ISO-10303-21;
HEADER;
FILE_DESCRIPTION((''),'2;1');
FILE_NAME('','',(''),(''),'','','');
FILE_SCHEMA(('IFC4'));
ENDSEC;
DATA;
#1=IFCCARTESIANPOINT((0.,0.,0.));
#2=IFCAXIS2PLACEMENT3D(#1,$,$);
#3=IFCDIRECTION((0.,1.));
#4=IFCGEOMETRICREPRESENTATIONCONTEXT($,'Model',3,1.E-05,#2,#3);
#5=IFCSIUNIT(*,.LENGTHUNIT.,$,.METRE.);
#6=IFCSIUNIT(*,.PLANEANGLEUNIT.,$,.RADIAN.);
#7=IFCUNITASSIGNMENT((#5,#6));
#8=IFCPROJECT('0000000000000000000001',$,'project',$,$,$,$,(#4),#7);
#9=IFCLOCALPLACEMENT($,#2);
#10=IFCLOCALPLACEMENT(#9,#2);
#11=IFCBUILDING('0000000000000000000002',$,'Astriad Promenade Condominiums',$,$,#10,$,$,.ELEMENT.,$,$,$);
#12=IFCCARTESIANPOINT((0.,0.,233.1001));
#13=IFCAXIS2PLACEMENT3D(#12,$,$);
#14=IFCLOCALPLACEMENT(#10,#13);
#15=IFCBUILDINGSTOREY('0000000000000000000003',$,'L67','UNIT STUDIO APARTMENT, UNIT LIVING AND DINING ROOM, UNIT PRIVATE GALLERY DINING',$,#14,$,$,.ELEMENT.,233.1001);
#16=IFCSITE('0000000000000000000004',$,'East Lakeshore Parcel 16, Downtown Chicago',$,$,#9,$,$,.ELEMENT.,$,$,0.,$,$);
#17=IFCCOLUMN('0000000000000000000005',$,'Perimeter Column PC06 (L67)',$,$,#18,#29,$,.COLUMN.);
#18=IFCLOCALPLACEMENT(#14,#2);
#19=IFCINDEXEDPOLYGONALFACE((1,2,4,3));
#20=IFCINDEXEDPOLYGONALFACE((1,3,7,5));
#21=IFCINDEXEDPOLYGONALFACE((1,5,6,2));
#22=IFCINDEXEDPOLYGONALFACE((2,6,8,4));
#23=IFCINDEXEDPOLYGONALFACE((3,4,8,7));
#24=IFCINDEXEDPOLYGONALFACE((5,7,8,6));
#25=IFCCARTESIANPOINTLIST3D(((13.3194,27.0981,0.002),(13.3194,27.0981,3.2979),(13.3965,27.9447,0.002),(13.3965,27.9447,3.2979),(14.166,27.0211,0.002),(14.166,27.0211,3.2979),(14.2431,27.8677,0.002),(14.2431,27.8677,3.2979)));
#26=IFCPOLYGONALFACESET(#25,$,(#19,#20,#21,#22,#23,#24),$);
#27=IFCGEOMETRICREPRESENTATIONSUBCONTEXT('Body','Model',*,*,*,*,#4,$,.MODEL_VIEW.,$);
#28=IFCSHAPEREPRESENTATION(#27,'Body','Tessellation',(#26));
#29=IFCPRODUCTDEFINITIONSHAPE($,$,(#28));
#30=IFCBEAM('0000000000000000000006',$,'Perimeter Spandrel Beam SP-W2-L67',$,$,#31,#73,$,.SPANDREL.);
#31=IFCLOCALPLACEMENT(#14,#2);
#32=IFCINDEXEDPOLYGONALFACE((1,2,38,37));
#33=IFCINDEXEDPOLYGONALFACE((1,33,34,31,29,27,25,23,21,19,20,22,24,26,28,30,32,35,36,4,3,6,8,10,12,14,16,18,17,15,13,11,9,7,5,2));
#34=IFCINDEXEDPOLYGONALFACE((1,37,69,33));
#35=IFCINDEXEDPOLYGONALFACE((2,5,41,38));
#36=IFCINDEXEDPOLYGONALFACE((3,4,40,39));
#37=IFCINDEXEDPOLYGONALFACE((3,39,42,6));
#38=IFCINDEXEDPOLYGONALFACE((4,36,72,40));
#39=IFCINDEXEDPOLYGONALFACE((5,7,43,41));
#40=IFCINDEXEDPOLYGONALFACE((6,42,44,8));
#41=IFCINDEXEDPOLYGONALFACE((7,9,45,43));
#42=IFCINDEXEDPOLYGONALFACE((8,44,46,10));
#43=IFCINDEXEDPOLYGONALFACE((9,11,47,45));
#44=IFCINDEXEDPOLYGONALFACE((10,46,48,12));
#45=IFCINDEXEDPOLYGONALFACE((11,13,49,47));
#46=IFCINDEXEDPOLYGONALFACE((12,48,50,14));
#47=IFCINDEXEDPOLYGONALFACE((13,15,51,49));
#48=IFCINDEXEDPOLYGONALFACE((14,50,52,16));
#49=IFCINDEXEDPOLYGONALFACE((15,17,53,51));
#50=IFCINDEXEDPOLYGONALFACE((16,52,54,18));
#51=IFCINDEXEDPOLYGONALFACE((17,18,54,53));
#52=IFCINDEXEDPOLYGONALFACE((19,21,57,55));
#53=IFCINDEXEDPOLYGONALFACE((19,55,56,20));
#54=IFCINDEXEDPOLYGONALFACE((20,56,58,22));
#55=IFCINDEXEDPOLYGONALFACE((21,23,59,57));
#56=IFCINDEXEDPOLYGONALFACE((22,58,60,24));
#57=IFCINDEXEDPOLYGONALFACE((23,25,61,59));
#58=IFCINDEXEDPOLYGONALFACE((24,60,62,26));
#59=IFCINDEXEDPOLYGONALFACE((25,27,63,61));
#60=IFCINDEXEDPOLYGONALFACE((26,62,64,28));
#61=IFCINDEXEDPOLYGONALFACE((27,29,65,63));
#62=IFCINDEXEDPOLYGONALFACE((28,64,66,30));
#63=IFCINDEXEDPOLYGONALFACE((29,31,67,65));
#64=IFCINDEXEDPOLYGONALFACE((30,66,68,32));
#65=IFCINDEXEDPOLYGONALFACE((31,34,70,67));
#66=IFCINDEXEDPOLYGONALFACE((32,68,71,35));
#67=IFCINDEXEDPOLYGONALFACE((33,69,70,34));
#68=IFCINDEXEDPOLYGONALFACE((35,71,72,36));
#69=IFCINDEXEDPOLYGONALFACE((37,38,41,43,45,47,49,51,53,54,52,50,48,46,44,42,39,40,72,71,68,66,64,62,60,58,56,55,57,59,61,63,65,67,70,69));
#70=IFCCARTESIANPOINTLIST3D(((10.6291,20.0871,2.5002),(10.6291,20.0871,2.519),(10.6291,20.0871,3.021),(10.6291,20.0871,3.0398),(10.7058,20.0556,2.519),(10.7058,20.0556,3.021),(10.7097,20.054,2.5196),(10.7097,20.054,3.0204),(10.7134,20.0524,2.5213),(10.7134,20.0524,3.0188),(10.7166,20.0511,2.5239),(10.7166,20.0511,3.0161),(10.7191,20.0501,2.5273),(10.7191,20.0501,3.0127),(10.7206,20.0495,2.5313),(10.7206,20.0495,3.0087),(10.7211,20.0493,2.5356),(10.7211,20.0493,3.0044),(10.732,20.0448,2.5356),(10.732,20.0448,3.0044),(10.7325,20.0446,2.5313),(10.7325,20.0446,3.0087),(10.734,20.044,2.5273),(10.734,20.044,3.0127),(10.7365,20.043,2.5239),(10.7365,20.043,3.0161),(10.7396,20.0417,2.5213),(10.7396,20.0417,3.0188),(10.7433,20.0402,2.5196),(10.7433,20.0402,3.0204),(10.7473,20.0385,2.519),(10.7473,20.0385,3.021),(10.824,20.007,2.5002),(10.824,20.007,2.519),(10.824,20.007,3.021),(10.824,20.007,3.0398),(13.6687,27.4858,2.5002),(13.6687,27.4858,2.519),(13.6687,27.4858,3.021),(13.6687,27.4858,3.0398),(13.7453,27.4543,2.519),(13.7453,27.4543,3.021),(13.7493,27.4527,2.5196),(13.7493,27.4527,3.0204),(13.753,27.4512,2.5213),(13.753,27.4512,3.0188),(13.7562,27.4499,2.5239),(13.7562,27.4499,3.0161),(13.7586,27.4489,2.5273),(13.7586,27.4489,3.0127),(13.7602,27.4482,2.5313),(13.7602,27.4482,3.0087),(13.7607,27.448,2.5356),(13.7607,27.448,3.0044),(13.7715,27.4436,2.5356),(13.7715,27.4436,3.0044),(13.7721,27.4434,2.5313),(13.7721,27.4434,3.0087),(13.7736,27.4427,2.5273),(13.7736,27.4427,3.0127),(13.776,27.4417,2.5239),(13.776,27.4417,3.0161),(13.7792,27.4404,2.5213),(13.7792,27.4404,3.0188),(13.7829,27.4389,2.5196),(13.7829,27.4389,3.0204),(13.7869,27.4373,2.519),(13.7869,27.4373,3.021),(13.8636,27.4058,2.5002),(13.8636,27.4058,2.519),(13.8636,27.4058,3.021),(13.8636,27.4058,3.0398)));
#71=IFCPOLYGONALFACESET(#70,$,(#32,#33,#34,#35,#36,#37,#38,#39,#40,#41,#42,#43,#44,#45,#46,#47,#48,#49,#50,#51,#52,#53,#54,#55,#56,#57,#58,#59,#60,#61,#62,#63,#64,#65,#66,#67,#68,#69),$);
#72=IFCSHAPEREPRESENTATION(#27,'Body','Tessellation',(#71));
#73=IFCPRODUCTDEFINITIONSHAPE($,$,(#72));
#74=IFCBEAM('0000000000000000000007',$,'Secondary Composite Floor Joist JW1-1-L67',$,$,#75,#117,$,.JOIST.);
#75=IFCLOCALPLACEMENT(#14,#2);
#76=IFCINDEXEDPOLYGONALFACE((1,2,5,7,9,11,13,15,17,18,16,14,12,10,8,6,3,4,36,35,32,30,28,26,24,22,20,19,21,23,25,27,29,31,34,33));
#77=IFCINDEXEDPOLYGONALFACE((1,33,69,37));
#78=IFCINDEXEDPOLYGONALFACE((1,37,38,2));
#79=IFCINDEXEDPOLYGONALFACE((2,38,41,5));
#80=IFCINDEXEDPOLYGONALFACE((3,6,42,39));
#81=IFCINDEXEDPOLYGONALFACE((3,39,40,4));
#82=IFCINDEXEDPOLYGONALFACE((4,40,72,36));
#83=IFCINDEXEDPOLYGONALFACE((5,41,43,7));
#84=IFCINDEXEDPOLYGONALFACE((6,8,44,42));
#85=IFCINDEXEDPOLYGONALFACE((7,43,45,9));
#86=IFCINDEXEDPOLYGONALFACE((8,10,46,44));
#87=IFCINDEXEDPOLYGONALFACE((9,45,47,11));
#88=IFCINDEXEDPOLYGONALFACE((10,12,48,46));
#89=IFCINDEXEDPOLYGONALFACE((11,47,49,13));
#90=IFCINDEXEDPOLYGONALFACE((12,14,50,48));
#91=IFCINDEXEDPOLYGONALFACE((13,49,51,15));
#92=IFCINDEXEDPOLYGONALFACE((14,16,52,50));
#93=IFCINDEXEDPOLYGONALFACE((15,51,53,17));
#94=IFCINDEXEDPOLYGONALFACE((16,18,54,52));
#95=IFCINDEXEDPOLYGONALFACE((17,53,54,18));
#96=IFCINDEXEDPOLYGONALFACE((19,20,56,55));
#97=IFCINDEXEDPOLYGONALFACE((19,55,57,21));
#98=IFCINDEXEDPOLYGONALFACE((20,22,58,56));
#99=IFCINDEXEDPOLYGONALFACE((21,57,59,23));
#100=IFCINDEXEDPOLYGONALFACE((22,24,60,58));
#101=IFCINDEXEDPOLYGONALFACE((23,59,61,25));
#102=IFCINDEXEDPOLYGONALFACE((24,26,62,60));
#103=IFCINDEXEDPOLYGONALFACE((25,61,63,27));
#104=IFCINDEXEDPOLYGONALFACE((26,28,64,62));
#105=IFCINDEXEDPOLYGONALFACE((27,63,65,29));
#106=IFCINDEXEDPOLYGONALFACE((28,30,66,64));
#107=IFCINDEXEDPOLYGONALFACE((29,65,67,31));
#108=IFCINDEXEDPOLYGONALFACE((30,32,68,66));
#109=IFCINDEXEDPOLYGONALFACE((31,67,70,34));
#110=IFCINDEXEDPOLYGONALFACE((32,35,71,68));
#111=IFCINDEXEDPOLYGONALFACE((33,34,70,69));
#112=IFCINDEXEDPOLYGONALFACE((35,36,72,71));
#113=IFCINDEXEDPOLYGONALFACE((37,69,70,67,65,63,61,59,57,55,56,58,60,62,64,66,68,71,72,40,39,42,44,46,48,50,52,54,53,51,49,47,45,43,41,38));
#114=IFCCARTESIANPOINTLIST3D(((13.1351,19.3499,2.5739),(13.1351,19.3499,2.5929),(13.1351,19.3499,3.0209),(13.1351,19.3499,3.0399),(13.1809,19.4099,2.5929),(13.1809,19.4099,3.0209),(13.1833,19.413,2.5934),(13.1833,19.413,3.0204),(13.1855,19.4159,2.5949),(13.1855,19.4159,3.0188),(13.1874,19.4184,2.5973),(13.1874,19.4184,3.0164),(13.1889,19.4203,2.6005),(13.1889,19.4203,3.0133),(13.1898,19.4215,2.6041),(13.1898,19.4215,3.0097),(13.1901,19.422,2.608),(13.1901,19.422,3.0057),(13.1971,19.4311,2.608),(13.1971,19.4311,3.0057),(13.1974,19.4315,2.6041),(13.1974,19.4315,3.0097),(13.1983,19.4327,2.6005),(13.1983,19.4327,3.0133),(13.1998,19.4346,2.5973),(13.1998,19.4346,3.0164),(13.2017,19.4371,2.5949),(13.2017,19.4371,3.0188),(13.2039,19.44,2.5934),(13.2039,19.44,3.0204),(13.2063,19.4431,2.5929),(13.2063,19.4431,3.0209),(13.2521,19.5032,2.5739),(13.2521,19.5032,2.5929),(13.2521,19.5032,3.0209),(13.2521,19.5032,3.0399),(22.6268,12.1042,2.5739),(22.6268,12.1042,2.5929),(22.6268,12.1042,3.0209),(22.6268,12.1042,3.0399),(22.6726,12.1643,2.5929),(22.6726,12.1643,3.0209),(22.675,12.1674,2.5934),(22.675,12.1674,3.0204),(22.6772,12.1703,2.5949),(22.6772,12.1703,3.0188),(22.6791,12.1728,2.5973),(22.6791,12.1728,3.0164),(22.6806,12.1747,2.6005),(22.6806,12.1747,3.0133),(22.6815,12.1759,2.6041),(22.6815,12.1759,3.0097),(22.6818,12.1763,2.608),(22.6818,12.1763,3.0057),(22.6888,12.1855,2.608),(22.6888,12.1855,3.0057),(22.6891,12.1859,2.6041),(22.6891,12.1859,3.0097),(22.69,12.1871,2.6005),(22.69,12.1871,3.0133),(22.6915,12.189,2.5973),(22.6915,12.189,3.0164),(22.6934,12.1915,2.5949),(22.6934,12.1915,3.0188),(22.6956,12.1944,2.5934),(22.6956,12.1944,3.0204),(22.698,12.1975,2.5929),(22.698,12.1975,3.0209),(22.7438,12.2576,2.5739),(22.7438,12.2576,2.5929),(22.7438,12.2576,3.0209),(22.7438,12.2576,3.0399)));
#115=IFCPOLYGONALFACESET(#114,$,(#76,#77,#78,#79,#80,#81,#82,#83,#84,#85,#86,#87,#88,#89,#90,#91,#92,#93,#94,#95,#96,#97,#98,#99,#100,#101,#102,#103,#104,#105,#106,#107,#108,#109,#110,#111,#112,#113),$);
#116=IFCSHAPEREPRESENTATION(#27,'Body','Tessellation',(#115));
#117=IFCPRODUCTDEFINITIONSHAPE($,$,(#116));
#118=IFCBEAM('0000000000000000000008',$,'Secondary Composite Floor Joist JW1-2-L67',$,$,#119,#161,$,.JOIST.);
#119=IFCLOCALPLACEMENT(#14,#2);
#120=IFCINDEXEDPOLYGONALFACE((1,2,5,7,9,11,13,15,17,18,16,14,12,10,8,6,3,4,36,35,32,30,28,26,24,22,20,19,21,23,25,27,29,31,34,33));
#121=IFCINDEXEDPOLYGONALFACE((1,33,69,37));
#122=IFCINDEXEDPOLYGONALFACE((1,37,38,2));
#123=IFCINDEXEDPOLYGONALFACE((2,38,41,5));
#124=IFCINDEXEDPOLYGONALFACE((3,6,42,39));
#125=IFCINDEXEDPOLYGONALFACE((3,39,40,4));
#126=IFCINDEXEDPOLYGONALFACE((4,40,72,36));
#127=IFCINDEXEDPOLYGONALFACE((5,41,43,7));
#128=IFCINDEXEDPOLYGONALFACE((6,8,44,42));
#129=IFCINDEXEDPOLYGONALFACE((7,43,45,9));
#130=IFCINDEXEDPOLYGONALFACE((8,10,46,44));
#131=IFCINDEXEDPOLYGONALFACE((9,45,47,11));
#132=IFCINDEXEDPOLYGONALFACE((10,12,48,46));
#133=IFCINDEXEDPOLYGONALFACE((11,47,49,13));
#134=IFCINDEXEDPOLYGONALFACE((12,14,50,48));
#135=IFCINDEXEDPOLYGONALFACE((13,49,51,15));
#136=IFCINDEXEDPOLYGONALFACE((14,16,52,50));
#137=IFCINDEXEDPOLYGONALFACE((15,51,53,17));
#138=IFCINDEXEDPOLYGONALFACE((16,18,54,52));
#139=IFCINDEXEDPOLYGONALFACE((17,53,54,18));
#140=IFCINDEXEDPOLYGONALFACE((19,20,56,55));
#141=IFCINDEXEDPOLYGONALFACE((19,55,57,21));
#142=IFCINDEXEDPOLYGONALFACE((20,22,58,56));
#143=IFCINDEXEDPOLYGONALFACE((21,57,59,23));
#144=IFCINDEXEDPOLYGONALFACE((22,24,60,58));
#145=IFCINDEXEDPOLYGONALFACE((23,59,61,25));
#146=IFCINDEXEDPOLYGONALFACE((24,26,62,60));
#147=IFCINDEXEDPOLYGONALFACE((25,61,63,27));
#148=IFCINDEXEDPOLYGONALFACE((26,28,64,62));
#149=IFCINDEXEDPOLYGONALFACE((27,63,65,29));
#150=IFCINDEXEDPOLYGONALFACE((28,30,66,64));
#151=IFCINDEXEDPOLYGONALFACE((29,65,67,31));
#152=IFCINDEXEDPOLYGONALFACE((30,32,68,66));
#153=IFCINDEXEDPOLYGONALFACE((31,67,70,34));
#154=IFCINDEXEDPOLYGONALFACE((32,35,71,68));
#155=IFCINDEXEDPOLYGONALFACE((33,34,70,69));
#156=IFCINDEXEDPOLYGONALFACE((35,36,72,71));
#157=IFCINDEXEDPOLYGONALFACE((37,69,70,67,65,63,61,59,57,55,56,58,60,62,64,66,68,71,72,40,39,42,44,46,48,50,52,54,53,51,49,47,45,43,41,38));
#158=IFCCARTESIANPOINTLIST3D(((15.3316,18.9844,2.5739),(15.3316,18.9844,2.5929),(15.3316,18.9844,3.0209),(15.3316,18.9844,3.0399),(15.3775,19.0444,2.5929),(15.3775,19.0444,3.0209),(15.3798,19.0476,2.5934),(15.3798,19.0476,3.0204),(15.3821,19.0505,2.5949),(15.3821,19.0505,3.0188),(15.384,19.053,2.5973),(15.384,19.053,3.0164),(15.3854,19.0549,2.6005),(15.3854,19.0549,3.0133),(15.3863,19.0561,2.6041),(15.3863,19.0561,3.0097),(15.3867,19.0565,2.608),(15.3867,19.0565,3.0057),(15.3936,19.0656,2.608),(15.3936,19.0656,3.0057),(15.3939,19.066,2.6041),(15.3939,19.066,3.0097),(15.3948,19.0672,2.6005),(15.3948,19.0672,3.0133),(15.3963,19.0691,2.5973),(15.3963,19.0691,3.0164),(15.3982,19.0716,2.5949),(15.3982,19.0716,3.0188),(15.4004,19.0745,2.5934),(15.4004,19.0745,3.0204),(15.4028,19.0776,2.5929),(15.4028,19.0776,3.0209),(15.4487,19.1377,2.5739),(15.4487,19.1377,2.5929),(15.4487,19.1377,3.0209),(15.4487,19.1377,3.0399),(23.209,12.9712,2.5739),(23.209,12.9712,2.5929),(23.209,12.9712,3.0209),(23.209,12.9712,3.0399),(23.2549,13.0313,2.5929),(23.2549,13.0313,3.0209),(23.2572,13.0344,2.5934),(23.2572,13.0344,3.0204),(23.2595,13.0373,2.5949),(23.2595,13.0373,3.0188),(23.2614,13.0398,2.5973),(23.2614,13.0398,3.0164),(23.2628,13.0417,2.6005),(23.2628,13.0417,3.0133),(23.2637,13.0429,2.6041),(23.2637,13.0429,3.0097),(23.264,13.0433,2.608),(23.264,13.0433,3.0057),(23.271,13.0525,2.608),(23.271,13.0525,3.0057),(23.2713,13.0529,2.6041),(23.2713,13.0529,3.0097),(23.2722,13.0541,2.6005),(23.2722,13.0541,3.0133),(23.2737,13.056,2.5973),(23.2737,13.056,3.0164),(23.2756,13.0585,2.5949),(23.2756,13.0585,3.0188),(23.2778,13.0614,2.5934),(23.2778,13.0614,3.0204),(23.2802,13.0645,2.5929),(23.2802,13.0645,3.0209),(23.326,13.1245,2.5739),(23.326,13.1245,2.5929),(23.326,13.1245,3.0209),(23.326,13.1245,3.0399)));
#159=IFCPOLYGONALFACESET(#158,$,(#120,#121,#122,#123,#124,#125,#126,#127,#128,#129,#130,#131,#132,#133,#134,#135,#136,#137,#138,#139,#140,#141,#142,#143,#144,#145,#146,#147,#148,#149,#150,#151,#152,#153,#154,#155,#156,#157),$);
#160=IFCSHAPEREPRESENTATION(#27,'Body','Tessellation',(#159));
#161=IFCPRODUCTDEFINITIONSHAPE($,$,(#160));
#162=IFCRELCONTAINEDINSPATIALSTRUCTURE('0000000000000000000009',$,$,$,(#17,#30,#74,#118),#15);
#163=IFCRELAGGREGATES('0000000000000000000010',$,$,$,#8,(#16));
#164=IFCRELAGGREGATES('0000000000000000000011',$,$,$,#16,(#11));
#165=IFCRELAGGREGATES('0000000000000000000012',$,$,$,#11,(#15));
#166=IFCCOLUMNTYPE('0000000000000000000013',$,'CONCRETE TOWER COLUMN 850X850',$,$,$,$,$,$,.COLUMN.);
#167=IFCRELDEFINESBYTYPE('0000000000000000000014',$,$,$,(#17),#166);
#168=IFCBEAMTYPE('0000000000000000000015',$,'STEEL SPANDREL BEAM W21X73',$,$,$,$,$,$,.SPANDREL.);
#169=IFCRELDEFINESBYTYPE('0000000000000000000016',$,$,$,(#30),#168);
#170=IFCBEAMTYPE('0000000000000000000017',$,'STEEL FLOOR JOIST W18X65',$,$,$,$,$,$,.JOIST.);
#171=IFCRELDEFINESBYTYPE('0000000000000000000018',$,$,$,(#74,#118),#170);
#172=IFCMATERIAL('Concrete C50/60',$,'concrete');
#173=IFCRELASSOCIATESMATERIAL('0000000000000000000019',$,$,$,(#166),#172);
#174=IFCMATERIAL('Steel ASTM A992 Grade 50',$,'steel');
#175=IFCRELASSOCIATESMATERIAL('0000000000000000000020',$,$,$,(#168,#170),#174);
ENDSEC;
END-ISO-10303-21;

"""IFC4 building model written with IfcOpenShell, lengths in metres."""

from ifc_helpers import new_model, si_unit, direction, frame, origin, origin_2d, place, context, subcontext, project, spatial, rectangle, i_section, extrude, source, transform, mapped, material, material_profile, profile_set, type_object, type_shapes, element, save


model = new_model("IFC4")

# Units and contexts
model_context = context("Model", 3, precision=1e-05, world=origin(), true_north=direction((0.0, 1.0)))
body_context = subcontext(model_context, "Body", "Model", "MODEL_VIEW")
ifc_project = project(units=[si_unit("LENGTHUNIT", "METRE"), si_unit("PLANEANGLEUNIT", "RADIAN")], contexts=[model_context])

# Site, building, storey
site_placement = place(None, origin())
site = spatial("IfcSite", under=ifc_project, at=site_placement, Name="East Lakeshore Parcel 16, Downtown Chicago", CompositionType="ELEMENT", RefElevation=0.0)
building_placement = place(site_placement, origin())
building = spatial("IfcBuilding", under=site, at=building_placement, Name="Astriad Promenade Condominiums", CompositionType="ELEMENT")
storey_placement = place(building_placement, frame((0.0, 0.0, 233.1001)))
storey = spatial("IfcBuildingStorey", under=building, at=storey_placement, Name="L67", Description="UNIT STUDIO APARTMENT, UNIT LIVING AND DINING ROOM, UNIT PRIVATE GALLERY DINING", CompositionType="ELEMENT", Elevation=233.1001)

# Column
ifc_material_1 = material(Name="Concrete C50/60", Category="concrete")
ifc_material_profile_1 = material_profile(ifc_material_1, rectangle(XDim=0.8501, YDim=0.8501, at=origin_2d()), Name="RC-COL-850X850")
ifc_profile_set_1 = profile_set([ifc_material_profile_1], Name="Concrete C50/60")
column_type = type_object("IfcColumnType", Name="CONCRETE TOWER COLUMN 850X850", PredefinedType="COLUMN", material=ifc_profile_set_1)
shared_shape_1 = source(origin(), body_context, "Body", "SweptSolid", [
    extrude(rectangle(XDim=0.8501, YDim=0.8501, at=origin_2d()), origin(), (0.0, 0.0, 1.0), 3.2959),
])
type_shapes(column_type, [shared_shape_1])
column_placement = place(storey_placement, frame((13.7812, 27.4829, 0.002), z_axis=(0.0, 0.0, 1.0), x_axis=(0.995884, -0.090633, 0.0)))
element("IfcColumn", 1, at=column_placement, inside=storey, type_object=column_type, Name="Perimeter Column PC06 (L67)", PredefinedType="COLUMN", context=body_context, shape_type="MappedRepresentation", body=[
    mapped(shared_shape_1, transform((0.0, 0.0, 0.0), scale=1.0)),
])

# Beams
ifc_material_2 = material(Name="Steel ASTM A992 Grade 50", Category="steel")
ifc_material_profile_2 = material_profile(ifc_material_2, i_section(OverallWidth=0.2107, OverallDepth=0.5396, WebThickness=0.0117, FlangeThickness=0.0188, FilletRadius=0.0166, at=origin_2d()), Name="W21X73")
ifc_profile_set_2 = profile_set([ifc_material_profile_2], Name="Steel ASTM A992 Grade 50")
beam_type_1 = type_object("IfcBeamType", Name="STEEL SPANDREL BEAM W21X73", PredefinedType="SPANDREL", material=ifc_profile_set_2)
shared_shape_2 = source(origin(), body_context, "Body", "SweptSolid", [
    extrude(i_section(OverallWidth=0.2107, OverallDepth=0.5396, WebThickness=0.0117, FlangeThickness=0.0188, FilletRadius=0.0166, at=origin_2d()), origin(), (0.0, 0.0, 1.0), 7.9988),
])
type_shapes(beam_type_1, [shared_shape_2])
beam_1_placement = place(storey_placement, frame((13.7661, 27.4458, 2.77), z_axis=(-0.380005, -0.924984, 0.0), x_axis=(0.924984, -0.380005, 0.0)))
element("IfcBeam", 2, at=beam_1_placement, inside=storey, type_object=beam_type_1, Name="Perimeter Spandrel Beam SP-W2-L67", PredefinedType="SPANDREL", context=body_context, shape_type="MappedRepresentation", body=[
    mapped(shared_shape_2, transform((0.0, 0.0, 0.0), scale=1.0)),
])
ifc_material_profile_3 = material_profile(ifc_material_2, i_section(OverallWidth=0.1929, OverallDepth=0.4661, WebThickness=0.0115, FlangeThickness=0.019, FilletRadius=0.0151, at=origin_2d()), Name="W18X65")
ifc_profile_set_3 = profile_set([ifc_material_profile_3], Name="Steel ASTM A992 Grade 50")
beam_type_2 = type_object("IfcBeamType", Name="STEEL FLOOR JOIST W18X65", PredefinedType="JOIST", material=ifc_profile_set_3)
shared_shape_3 = source(origin(), body_context, "Body", "SweptSolid", [
    extrude(i_section(OverallWidth=0.1929, OverallDepth=0.4661, WebThickness=0.0115, FlangeThickness=0.019, FilletRadius=0.0151, at=origin_2d()), origin(), (0.0, 0.0, 1.0), 11.9412),
])
beam_2_placement = place(storey_placement, frame((13.1936, 19.4265, 2.8069), z_axis=(0.794873, -0.606776, 0.0), x_axis=(0.606776, 0.794873, 0.0)))
element("IfcBeam", 3, at=beam_2_placement, inside=storey, type_object=beam_type_2, Name="Secondary Composite Floor Joist JW1-1-L67", PredefinedType="JOIST", context=body_context, shape_type="MappedRepresentation", body=[
    mapped(shared_shape_3, transform((0.0, 0.0, 0.0), scale=1.0)),
])
shared_shape_4 = source(origin(), body_context, "Body", "SweptSolid", [
    extrude(i_section(OverallWidth=0.1929, OverallDepth=0.4661, WebThickness=0.0115, FlangeThickness=0.019, FilletRadius=0.0151, at=origin_2d()), origin(), (0.0, 0.0, 1.0), 9.9102),
])
beam_3_placement = place(storey_placement, frame((15.3901, 19.061, 2.8069), z_axis=(0.794881, -0.606766, 0.0), x_axis=(0.606766, 0.794881, 0.0)))
element("IfcBeam", 4, at=beam_3_placement, inside=storey, type_object=beam_type_2, Name="Secondary Composite Floor Joist JW1-2-L67", PredefinedType="JOIST", context=body_context, shape_type="MappedRepresentation", body=[
    mapped(shared_shape_4, transform((0.0, 0.0, 0.0), scale=1.0)),
])

save(model, "model.ifc")
